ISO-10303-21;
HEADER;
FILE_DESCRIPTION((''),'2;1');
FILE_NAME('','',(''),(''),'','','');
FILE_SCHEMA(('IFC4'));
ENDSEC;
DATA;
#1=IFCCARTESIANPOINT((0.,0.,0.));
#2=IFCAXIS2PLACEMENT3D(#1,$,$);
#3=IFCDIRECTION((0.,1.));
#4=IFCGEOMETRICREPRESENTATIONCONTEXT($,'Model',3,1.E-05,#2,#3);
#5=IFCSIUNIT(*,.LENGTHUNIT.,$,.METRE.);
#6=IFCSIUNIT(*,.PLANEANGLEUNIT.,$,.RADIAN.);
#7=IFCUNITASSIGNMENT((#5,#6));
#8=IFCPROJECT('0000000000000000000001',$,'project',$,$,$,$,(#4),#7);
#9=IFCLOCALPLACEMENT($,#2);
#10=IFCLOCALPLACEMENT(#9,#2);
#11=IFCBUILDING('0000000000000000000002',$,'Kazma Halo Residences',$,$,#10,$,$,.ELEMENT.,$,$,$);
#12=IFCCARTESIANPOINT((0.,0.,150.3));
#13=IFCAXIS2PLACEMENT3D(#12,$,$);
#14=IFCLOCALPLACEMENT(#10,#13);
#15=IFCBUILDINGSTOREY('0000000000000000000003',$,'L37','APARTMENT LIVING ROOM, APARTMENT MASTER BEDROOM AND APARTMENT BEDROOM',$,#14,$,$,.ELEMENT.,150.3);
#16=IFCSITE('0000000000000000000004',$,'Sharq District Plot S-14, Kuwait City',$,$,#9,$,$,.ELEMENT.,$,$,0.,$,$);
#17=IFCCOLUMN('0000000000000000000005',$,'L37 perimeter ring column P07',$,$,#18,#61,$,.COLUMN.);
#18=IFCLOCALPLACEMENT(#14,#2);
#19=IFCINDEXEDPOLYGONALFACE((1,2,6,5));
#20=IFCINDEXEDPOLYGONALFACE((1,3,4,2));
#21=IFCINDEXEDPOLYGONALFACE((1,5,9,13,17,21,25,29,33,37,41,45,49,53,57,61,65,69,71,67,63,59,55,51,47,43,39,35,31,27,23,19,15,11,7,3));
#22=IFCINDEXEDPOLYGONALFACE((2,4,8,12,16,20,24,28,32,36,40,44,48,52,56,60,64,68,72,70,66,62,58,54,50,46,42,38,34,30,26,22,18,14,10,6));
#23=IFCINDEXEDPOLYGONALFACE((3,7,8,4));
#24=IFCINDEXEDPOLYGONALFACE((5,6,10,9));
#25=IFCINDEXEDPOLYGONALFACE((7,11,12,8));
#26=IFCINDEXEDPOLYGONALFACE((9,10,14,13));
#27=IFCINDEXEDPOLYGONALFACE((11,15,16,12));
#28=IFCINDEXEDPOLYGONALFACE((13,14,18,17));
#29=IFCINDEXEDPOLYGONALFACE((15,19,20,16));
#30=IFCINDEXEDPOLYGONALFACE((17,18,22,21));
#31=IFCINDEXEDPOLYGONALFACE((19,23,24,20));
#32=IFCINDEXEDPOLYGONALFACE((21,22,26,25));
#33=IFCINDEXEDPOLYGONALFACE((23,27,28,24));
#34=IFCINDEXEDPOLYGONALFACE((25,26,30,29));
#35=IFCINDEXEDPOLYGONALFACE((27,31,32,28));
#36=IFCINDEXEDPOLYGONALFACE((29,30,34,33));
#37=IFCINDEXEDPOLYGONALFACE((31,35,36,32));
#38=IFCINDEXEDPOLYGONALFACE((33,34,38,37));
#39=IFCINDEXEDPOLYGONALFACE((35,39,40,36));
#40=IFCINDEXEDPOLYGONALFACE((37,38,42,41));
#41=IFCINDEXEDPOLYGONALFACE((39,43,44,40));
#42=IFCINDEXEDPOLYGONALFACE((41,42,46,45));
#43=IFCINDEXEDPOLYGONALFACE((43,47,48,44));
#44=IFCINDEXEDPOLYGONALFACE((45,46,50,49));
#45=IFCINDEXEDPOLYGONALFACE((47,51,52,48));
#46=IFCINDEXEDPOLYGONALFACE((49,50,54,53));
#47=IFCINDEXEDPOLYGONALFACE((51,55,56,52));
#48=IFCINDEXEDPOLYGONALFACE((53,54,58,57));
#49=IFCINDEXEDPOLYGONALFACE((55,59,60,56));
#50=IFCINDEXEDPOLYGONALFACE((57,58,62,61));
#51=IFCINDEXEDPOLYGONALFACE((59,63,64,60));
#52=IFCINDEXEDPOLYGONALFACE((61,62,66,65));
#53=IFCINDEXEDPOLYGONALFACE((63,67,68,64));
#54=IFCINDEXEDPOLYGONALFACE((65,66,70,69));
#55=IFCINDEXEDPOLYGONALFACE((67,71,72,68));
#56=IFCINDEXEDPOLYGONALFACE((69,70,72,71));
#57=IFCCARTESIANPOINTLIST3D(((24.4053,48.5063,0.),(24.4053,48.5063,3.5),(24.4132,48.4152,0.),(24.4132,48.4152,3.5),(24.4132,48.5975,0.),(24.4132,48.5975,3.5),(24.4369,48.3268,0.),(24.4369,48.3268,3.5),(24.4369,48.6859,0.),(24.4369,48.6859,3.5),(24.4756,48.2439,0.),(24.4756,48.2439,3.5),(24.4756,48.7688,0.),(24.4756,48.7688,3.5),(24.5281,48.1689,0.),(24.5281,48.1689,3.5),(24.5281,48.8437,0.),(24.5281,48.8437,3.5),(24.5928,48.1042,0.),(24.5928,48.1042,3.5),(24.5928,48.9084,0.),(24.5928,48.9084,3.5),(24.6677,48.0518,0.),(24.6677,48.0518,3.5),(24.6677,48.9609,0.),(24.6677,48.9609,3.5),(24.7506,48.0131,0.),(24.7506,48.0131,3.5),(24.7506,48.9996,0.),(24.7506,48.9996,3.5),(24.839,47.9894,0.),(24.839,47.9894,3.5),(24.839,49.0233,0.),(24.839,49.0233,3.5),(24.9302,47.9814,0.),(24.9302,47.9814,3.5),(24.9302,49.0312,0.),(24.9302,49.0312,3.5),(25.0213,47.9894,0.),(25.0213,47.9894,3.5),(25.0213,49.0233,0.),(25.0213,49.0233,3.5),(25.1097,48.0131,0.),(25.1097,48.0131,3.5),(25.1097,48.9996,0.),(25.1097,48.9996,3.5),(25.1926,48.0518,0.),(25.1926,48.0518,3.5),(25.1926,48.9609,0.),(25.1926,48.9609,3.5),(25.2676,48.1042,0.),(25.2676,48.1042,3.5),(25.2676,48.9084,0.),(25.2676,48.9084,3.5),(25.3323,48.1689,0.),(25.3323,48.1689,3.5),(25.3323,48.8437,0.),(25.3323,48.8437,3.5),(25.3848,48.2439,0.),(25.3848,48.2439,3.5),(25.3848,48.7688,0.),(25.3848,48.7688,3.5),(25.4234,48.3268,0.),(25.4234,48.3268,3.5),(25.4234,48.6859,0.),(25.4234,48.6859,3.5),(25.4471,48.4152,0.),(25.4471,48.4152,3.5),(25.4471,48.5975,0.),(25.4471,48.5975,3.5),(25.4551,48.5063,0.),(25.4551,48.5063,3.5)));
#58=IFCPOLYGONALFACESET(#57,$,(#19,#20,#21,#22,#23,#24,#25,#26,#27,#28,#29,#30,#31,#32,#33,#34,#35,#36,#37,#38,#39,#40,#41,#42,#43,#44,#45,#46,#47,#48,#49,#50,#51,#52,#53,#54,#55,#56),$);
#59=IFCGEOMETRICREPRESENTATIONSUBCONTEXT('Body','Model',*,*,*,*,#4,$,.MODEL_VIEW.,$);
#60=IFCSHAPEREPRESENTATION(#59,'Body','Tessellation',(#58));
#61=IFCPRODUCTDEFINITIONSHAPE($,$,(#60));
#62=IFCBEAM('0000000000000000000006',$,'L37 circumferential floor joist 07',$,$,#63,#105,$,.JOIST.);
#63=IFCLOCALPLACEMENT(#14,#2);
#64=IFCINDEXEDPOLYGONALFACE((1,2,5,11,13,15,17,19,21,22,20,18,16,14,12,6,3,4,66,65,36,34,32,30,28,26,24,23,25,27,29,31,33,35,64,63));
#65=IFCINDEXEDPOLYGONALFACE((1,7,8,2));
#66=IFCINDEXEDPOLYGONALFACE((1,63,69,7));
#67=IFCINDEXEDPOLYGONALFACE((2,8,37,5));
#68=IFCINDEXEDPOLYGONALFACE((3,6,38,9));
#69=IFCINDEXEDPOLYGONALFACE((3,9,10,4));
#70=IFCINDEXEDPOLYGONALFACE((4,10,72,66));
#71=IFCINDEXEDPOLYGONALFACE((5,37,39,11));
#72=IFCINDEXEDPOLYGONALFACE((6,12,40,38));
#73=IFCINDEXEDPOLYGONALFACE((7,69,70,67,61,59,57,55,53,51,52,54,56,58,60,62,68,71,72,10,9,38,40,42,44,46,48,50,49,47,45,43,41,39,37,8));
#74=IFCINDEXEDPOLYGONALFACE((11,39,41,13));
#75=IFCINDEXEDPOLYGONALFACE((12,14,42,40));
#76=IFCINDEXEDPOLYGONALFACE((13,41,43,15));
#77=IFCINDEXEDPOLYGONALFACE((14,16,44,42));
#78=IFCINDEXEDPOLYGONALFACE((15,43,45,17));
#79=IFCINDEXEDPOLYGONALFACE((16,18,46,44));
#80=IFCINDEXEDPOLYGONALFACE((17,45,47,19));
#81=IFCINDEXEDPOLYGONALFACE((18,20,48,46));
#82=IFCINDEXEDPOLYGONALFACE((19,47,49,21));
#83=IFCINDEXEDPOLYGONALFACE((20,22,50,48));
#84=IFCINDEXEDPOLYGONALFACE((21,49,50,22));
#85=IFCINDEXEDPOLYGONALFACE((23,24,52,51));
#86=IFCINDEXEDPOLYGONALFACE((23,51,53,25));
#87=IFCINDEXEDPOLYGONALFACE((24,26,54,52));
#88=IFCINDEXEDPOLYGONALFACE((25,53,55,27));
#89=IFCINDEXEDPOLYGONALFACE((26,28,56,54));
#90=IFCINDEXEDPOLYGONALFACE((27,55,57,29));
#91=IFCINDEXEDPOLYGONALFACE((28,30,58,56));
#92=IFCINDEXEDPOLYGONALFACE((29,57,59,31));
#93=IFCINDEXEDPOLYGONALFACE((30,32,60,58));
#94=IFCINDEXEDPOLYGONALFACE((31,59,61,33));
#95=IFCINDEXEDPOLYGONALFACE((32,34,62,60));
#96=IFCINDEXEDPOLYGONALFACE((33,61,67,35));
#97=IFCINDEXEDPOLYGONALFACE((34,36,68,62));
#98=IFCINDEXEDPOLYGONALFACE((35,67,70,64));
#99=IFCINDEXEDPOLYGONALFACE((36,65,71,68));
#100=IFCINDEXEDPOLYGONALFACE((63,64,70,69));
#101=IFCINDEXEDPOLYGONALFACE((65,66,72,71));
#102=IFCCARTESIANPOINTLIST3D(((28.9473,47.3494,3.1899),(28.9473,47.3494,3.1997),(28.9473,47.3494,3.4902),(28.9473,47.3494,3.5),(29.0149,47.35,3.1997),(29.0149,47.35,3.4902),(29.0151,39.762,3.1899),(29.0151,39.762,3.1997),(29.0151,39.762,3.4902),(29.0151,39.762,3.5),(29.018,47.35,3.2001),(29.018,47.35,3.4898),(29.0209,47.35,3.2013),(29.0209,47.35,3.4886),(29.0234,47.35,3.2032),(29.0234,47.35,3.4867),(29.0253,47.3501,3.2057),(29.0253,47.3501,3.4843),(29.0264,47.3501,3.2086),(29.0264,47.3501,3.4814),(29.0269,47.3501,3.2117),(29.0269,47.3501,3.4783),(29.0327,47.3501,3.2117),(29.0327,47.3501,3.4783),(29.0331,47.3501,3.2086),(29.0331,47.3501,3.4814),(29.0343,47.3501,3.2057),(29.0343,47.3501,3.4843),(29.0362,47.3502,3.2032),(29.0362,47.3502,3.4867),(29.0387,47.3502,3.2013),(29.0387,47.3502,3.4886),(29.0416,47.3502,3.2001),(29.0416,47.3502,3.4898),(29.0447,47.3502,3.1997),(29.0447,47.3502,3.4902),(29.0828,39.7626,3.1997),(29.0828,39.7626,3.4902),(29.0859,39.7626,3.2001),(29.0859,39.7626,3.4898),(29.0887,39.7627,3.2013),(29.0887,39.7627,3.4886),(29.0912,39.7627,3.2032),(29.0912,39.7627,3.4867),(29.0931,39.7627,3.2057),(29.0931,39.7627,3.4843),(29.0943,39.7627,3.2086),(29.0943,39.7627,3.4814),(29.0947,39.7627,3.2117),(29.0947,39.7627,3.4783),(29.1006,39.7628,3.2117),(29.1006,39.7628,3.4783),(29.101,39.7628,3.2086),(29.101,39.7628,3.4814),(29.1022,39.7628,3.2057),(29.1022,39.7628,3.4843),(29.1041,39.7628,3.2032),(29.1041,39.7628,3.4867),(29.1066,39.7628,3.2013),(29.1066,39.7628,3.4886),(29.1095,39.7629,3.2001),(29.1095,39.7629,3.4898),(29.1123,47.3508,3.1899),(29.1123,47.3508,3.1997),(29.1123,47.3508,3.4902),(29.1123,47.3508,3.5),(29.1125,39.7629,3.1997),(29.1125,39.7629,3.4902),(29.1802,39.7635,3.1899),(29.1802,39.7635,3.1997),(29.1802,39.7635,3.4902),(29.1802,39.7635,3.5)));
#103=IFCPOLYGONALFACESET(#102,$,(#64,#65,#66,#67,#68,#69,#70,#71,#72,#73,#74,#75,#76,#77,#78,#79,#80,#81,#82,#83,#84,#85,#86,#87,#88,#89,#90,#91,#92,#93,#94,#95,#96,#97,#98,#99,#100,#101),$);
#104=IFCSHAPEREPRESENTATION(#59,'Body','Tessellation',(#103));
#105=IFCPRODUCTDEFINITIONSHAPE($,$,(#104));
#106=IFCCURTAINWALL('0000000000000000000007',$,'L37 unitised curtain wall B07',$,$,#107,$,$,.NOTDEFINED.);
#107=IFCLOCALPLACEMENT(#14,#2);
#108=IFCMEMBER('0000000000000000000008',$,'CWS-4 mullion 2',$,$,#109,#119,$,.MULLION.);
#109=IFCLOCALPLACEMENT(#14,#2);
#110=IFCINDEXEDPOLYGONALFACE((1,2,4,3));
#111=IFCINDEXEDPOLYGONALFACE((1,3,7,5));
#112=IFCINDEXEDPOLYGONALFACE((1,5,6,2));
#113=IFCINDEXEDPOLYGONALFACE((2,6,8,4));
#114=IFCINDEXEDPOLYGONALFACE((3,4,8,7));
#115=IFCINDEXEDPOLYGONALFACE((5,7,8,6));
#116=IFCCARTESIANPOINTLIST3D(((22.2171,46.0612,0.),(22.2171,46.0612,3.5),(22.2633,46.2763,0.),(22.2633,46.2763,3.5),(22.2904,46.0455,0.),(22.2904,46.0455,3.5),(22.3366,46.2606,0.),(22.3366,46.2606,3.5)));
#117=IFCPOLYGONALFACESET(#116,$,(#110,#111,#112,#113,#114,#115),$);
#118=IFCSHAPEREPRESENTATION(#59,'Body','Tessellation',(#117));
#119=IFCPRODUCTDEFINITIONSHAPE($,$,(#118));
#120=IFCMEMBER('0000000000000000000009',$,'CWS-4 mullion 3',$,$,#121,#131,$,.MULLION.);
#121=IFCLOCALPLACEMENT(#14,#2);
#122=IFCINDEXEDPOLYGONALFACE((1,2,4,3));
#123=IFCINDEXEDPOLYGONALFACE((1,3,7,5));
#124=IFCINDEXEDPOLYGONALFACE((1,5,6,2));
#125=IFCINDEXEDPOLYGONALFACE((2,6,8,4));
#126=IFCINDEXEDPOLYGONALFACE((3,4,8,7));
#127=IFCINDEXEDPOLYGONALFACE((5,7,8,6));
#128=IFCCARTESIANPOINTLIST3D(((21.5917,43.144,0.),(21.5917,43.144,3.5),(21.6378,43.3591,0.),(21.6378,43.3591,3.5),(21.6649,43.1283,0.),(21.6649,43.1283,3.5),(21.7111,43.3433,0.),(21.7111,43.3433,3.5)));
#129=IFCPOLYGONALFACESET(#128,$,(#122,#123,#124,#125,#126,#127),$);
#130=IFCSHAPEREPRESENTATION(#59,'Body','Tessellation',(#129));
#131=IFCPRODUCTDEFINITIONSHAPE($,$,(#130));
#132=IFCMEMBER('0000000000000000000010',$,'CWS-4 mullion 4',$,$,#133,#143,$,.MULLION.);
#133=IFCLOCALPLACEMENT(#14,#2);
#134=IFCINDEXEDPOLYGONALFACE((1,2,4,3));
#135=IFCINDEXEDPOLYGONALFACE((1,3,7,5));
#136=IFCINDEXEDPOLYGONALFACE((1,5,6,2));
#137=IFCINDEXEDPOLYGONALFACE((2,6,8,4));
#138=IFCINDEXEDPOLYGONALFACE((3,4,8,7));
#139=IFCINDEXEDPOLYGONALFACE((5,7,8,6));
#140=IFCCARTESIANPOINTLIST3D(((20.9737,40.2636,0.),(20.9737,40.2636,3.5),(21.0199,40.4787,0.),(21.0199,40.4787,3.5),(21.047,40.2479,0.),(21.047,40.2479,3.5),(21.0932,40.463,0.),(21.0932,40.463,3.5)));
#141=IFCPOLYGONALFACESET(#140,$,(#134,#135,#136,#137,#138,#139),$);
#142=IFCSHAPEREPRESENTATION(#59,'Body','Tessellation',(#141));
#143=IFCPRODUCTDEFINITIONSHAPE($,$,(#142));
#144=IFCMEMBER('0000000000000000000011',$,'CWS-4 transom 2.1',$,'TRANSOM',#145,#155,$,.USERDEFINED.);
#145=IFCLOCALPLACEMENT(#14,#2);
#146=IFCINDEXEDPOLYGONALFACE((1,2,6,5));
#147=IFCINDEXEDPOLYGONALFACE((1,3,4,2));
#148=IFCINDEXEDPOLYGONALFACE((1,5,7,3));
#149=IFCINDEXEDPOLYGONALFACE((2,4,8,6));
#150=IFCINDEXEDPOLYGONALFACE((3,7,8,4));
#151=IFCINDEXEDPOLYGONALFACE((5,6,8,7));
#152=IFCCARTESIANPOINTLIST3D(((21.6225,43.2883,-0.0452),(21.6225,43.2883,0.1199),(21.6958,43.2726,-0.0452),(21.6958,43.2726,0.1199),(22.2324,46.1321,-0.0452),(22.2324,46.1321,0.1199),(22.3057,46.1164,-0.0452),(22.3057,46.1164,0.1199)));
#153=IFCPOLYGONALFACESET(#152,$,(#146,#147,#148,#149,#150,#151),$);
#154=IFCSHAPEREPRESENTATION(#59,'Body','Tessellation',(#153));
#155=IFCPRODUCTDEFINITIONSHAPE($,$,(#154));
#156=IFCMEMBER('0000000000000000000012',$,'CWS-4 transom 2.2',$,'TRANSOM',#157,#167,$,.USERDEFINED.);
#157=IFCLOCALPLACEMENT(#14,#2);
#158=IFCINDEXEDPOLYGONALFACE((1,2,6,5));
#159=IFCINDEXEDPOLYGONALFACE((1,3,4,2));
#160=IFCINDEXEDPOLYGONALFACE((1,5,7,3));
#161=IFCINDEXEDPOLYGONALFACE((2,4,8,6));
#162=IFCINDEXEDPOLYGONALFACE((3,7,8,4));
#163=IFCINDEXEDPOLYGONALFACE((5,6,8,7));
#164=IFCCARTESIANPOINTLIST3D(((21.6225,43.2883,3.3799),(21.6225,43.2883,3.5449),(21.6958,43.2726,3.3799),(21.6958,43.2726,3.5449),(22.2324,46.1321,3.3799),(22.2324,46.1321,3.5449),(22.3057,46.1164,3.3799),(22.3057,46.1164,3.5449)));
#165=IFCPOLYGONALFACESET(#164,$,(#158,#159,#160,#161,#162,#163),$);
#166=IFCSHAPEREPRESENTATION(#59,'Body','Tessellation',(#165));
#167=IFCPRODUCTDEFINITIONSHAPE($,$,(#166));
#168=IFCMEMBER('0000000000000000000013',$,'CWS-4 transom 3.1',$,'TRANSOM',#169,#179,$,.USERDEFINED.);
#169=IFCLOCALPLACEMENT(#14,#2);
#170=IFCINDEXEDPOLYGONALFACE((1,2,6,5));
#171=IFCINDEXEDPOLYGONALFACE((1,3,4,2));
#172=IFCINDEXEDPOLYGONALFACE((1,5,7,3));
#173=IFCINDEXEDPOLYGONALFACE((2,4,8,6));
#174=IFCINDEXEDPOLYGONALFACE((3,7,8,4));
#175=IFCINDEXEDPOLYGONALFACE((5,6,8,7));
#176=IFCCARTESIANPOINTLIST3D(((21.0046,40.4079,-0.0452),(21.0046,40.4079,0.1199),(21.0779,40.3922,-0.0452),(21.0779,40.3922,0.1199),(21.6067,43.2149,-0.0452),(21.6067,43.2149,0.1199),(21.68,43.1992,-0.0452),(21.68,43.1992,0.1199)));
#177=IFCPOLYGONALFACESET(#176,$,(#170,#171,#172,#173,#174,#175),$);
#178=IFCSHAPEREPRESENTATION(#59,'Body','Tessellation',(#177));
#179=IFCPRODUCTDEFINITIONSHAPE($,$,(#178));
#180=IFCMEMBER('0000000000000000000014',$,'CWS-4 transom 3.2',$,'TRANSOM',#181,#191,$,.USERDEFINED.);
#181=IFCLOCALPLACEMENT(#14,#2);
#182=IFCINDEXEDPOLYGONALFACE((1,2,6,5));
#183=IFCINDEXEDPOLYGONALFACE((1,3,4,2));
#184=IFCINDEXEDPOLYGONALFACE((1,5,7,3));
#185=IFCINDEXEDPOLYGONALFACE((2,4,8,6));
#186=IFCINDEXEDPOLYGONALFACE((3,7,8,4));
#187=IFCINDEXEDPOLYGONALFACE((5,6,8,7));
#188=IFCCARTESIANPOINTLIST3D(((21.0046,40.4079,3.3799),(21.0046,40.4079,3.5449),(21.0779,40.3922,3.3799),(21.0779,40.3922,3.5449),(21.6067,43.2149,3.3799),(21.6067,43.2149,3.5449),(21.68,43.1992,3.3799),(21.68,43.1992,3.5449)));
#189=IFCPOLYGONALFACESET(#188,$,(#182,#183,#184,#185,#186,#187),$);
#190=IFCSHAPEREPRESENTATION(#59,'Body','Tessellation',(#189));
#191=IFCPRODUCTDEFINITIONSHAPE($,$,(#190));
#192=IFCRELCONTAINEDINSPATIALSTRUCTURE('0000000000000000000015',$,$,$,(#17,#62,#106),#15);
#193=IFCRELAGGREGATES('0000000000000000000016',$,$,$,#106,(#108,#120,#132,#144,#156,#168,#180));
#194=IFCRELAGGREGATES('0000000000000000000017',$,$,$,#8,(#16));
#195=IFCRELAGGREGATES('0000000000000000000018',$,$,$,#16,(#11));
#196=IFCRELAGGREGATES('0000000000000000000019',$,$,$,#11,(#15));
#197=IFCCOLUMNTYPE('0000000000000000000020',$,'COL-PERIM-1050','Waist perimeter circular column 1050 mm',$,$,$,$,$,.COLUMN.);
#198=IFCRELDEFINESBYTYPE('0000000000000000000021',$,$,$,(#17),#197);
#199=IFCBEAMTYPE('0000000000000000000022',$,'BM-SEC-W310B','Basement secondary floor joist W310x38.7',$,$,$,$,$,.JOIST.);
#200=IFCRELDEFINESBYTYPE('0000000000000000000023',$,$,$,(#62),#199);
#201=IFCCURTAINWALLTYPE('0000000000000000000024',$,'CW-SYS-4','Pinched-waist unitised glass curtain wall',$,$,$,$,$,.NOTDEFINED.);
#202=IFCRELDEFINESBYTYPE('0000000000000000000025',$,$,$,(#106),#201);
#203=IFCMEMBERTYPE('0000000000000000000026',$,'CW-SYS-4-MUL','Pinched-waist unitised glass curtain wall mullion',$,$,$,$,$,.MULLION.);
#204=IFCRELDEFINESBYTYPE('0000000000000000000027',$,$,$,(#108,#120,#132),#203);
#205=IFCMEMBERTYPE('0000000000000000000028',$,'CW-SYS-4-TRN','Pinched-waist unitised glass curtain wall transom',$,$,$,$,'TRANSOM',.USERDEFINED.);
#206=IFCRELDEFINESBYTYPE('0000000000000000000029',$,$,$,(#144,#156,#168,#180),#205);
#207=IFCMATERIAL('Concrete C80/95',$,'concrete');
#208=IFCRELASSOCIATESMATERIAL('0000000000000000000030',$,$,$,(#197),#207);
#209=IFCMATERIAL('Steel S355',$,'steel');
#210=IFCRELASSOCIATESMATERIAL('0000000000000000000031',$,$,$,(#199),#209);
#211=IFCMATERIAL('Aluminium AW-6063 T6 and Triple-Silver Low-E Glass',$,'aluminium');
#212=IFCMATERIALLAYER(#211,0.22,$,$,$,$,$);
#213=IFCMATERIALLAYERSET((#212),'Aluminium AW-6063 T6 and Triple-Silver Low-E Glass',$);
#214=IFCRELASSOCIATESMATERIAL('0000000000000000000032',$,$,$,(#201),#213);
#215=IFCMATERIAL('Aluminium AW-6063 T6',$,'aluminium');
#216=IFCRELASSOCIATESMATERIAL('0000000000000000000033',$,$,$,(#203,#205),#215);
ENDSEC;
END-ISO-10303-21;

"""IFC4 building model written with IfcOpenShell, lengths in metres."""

from ifc_helpers import new_model, si_unit, direction, frame, origin, origin_2d, place, context, subcontext, project, spatial, rectangle, circle, i_section, extrude, material, layer, layer_set, material_profile, profile_set, type_object, element, aggregate, save


model = new_model("IFC4")

# Units and contexts
model_context = context("Model", 3, precision=1e-05, world=origin(), true_north=direction((0.0, 1.0)))
body_context = subcontext(model_context, "Body", "Model", "MODEL_VIEW")
ifc_project = project(units=[si_unit("LENGTHUNIT", "METRE"), si_unit("PLANEANGLEUNIT", "RADIAN")], contexts=[model_context])

# Site, building, storey
site_placement = place(None, origin())
site = spatial("IfcSite", under=ifc_project, at=site_placement, Name="Sharq District Plot S-14, Kuwait City", CompositionType="ELEMENT", RefElevation=0.0)
building_placement = place(site_placement, origin())
building = spatial("IfcBuilding", under=site, at=building_placement, Name="Kazma Halo Residences", CompositionType="ELEMENT")
storey_placement = place(building_placement, frame((0.0, 0.0, 150.3)))
storey = spatial("IfcBuildingStorey", under=building, at=storey_placement, Name="L37", Description="APARTMENT LIVING ROOM, APARTMENT MASTER BEDROOM AND APARTMENT BEDROOM", CompositionType="ELEMENT", Elevation=150.3)

# Column
ifc_material_1 = material(Name="Concrete C80/95", Category="concrete")
ifc_material_profile_1 = material_profile(ifc_material_1, circle(Radius=0.5249, at=origin_2d()), Name="CIRC1050")
ifc_profile_set_1 = profile_set([ifc_material_profile_1], Name="Concrete C80/95")
column_type = type_object("IfcColumnType", Name="COL-PERIM-1050", Description="Waist perimeter circular column 1050 mm", PredefinedType="COLUMN", material=ifc_profile_set_1)
column_placement = place(storey_placement, frame((24.9302, 48.5063, 0.0), z_axis=(0.0, 0.0, 1.0), x_axis=(1.0, 0.0, 0.0)))
element("IfcColumn", 1, at=column_placement, inside=storey, type_object=column_type, Name="L37 perimeter ring column P07", PredefinedType="COLUMN", context=body_context, shape_type="SweptSolid", body=[
    extrude(circle(Radius=0.5249, at=origin_2d()), origin(), (0.0, 0.0, 1.0), 3.5),
])

# Beam
ifc_material_2 = material(Name="Steel S355", Category="steel")
ifc_material_profile_2 = material_profile(ifc_material_2, i_section(OverallWidth=0.165, OverallDepth=0.3101, WebThickness=0.0059, FlangeThickness=0.0098, FilletRadius=0.012, at=origin_2d()), Name="W310x38.7")
ifc_profile_set_2 = profile_set([ifc_material_profile_2], Name="Steel S355")
beam_type = type_object("IfcBeamType", Name="BM-SEC-W310B", Description="Basement secondary floor joist W310x38.7", PredefinedType="JOIST", material=ifc_profile_set_2)
beam_placement = place(storey_placement, frame((29.0298, 47.3501, 3.345), z_axis=(0.008945, -0.99996, 0.0), x_axis=(0.99996, 0.008945, 0.0)))
element("IfcBeam", 2, at=beam_placement, inside=storey, type_object=beam_type, Name="L37 circumferential floor joist 07", PredefinedType="JOIST", context=body_context, shape_type="SweptSolid", body=[
    extrude(i_section(OverallWidth=0.165, OverallDepth=0.3101, WebThickness=0.0059, FlangeThickness=0.0098, FilletRadius=0.012, at=origin_2d()), origin(), (0.0, 0.0, 1.0), 7.5876),
])

# Curtain wall, members
ifc_material_3 = material(Name="Aluminium AW-6063 T6 and Triple-Silver Low-E Glass", Category="aluminium")
ifc_layer_1 = layer(ifc_material_3, 0.22)
ifc_layer_set_1 = layer_set([ifc_layer_1], Name="Aluminium AW-6063 T6 and Triple-Silver Low-E Glass")
curtain_wall_type = type_object("IfcCurtainWallType", Name="CW-SYS-4", Description="Pinched-waist unitised glass curtain wall", PredefinedType="NOTDEFINED", material=ifc_layer_set_1)
curtain_wall_placement = place(storey_placement, origin())
curtain_wall = element("IfcCurtainWall", 3, at=curtain_wall_placement, inside=storey, type_object=curtain_wall_type, Name="L37 unitised curtain wall B07", PredefinedType="NOTDEFINED")
ifc_material_4 = material(Name="Aluminium AW-6063 T6", Category="aluminium")
ifc_material_profile_3 = material_profile(ifc_material_4, rectangle(XDim=0.075, YDim=0.22, at=origin_2d()), Name="CWM-75x220")
ifc_profile_set_3 = profile_set([ifc_material_profile_3], Name="Aluminium AW-6063 T6")
member_type_1 = type_object("IfcMemberType", Name="CW-SYS-4-MUL", Description="Pinched-waist unitised glass curtain wall mullion", PredefinedType="MULLION", material=ifc_profile_set_3)
member_1_placement = place(storey_placement, frame((22.2769, 46.1609, 0.0), z_axis=(0.0, 0.0, 1.0), x_axis=(0.977765, -0.209704, 0.0)))
member_1 = element("IfcMember", 4, at=member_1_placement, type_object=member_type_1, Name="CWS-4 mullion 2", PredefinedType="MULLION", context=body_context, shape_type="SweptSolid", body=[
    extrude(rectangle(XDim=0.075, YDim=0.22, at=origin_2d()), origin(), (0.0, 0.0, 1.0), 3.5),
])
member_2_placement = place(storey_placement, frame((21.6514, 43.2437, 0.0), z_axis=(0.0, 0.0, 1.0), x_axis=(0.977765, -0.209704, 0.0)))
member_2 = element("IfcMember", 5, at=member_2_placement, type_object=member_type_1, Name="CWS-4 mullion 3", PredefinedType="MULLION", context=body_context, shape_type="SweptSolid", body=[
    extrude(rectangle(XDim=0.075, YDim=0.22, at=origin_2d()), origin(), (0.0, 0.0, 1.0), 3.5),
])
member_3_placement = place(storey_placement, frame((21.0334, 40.3633, 0.0), z_axis=(0.0, 0.0, 1.0), x_axis=(0.977765, -0.209704, 0.0)))
member_3 = element("IfcMember", 6, at=member_3_placement, type_object=member_type_1, Name="CWS-4 mullion 4", PredefinedType="MULLION", context=body_context, shape_type="SweptSolid", body=[
    extrude(rectangle(XDim=0.075, YDim=0.22, at=origin_2d()), origin(), (0.0, 0.0, 1.0), 3.5),
])
ifc_material_profile_4 = material_profile(ifc_material_4, rectangle(XDim=0.075, YDim=0.165, at=origin_2d()), Name="CWT-75x165")
ifc_profile_set_4 = profile_set([ifc_material_profile_4], Name="Aluminium AW-6063 T6")
member_type_2 = type_object("IfcMemberType", Name="CW-SYS-4-TRN", Description="Pinched-waist unitised glass curtain wall transom", ElementType="TRANSOM", PredefinedType="USERDEFINED", material=ifc_profile_set_4)
member_4_placement = place(storey_placement, frame((22.269, 46.1243, 0.0374), z_axis=(-0.20969, -0.977768, 0.0), x_axis=(0.977768, -0.20969, 0.0)))
member_4 = element("IfcMember", 7, at=member_4_placement, type_object=member_type_2, Name="CWS-4 transom 2.1", ObjectType="TRANSOM", PredefinedType="USERDEFINED", context=body_context, shape_type="SweptSolid", body=[
    extrude(rectangle(XDim=0.075, YDim=0.165, at=origin_2d()), origin(), (0.0, 0.0, 1.0), 2.9084),
])
member_5_placement = place(storey_placement, frame((22.269, 46.1243, 3.4624), z_axis=(-0.20969, -0.977768, 0.0), x_axis=(0.977768, -0.20969, 0.0)))
member_5 = element("IfcMember", 8, at=member_5_placement, type_object=member_type_2, Name="CWS-4 transom 2.2", ObjectType="TRANSOM", PredefinedType="USERDEFINED", context=body_context, shape_type="SweptSolid", body=[
    extrude(rectangle(XDim=0.075, YDim=0.165, at=origin_2d()), origin(), (0.0, 0.0, 1.0), 2.9084),
])
member_6_placement = place(storey_placement, frame((21.6433, 43.207, 0.0374), z_axis=(-0.209703, -0.977765, 0.0), x_axis=(0.977765, -0.209703, 0.0)))
member_6 = element("IfcMember", 9, at=member_6_placement, type_object=member_type_2, Name="CWS-4 transom 3.1", ObjectType="TRANSOM", PredefinedType="USERDEFINED", context=body_context, shape_type="SweptSolid", body=[
    extrude(rectangle(XDim=0.075, YDim=0.165, at=origin_2d()), origin(), (0.0, 0.0, 1.0), 2.8708),
])
member_7_placement = place(storey_placement, frame((21.6433, 43.207, 3.4624), z_axis=(-0.209703, -0.977765, 0.0), x_axis=(0.977765, -0.209703, 0.0)))
member_7 = element("IfcMember", 10, at=member_7_placement, type_object=member_type_2, Name="CWS-4 transom 3.2", ObjectType="TRANSOM", PredefinedType="USERDEFINED", context=body_context, shape_type="SweptSolid", body=[
    extrude(rectangle(XDim=0.075, YDim=0.165, at=origin_2d()), origin(), (0.0, 0.0, 1.0), 2.8708),
])
aggregate(curtain_wall, [member_1, member_2, member_3, member_4, member_5, member_6, member_7])

save(model, "model.ifc")
